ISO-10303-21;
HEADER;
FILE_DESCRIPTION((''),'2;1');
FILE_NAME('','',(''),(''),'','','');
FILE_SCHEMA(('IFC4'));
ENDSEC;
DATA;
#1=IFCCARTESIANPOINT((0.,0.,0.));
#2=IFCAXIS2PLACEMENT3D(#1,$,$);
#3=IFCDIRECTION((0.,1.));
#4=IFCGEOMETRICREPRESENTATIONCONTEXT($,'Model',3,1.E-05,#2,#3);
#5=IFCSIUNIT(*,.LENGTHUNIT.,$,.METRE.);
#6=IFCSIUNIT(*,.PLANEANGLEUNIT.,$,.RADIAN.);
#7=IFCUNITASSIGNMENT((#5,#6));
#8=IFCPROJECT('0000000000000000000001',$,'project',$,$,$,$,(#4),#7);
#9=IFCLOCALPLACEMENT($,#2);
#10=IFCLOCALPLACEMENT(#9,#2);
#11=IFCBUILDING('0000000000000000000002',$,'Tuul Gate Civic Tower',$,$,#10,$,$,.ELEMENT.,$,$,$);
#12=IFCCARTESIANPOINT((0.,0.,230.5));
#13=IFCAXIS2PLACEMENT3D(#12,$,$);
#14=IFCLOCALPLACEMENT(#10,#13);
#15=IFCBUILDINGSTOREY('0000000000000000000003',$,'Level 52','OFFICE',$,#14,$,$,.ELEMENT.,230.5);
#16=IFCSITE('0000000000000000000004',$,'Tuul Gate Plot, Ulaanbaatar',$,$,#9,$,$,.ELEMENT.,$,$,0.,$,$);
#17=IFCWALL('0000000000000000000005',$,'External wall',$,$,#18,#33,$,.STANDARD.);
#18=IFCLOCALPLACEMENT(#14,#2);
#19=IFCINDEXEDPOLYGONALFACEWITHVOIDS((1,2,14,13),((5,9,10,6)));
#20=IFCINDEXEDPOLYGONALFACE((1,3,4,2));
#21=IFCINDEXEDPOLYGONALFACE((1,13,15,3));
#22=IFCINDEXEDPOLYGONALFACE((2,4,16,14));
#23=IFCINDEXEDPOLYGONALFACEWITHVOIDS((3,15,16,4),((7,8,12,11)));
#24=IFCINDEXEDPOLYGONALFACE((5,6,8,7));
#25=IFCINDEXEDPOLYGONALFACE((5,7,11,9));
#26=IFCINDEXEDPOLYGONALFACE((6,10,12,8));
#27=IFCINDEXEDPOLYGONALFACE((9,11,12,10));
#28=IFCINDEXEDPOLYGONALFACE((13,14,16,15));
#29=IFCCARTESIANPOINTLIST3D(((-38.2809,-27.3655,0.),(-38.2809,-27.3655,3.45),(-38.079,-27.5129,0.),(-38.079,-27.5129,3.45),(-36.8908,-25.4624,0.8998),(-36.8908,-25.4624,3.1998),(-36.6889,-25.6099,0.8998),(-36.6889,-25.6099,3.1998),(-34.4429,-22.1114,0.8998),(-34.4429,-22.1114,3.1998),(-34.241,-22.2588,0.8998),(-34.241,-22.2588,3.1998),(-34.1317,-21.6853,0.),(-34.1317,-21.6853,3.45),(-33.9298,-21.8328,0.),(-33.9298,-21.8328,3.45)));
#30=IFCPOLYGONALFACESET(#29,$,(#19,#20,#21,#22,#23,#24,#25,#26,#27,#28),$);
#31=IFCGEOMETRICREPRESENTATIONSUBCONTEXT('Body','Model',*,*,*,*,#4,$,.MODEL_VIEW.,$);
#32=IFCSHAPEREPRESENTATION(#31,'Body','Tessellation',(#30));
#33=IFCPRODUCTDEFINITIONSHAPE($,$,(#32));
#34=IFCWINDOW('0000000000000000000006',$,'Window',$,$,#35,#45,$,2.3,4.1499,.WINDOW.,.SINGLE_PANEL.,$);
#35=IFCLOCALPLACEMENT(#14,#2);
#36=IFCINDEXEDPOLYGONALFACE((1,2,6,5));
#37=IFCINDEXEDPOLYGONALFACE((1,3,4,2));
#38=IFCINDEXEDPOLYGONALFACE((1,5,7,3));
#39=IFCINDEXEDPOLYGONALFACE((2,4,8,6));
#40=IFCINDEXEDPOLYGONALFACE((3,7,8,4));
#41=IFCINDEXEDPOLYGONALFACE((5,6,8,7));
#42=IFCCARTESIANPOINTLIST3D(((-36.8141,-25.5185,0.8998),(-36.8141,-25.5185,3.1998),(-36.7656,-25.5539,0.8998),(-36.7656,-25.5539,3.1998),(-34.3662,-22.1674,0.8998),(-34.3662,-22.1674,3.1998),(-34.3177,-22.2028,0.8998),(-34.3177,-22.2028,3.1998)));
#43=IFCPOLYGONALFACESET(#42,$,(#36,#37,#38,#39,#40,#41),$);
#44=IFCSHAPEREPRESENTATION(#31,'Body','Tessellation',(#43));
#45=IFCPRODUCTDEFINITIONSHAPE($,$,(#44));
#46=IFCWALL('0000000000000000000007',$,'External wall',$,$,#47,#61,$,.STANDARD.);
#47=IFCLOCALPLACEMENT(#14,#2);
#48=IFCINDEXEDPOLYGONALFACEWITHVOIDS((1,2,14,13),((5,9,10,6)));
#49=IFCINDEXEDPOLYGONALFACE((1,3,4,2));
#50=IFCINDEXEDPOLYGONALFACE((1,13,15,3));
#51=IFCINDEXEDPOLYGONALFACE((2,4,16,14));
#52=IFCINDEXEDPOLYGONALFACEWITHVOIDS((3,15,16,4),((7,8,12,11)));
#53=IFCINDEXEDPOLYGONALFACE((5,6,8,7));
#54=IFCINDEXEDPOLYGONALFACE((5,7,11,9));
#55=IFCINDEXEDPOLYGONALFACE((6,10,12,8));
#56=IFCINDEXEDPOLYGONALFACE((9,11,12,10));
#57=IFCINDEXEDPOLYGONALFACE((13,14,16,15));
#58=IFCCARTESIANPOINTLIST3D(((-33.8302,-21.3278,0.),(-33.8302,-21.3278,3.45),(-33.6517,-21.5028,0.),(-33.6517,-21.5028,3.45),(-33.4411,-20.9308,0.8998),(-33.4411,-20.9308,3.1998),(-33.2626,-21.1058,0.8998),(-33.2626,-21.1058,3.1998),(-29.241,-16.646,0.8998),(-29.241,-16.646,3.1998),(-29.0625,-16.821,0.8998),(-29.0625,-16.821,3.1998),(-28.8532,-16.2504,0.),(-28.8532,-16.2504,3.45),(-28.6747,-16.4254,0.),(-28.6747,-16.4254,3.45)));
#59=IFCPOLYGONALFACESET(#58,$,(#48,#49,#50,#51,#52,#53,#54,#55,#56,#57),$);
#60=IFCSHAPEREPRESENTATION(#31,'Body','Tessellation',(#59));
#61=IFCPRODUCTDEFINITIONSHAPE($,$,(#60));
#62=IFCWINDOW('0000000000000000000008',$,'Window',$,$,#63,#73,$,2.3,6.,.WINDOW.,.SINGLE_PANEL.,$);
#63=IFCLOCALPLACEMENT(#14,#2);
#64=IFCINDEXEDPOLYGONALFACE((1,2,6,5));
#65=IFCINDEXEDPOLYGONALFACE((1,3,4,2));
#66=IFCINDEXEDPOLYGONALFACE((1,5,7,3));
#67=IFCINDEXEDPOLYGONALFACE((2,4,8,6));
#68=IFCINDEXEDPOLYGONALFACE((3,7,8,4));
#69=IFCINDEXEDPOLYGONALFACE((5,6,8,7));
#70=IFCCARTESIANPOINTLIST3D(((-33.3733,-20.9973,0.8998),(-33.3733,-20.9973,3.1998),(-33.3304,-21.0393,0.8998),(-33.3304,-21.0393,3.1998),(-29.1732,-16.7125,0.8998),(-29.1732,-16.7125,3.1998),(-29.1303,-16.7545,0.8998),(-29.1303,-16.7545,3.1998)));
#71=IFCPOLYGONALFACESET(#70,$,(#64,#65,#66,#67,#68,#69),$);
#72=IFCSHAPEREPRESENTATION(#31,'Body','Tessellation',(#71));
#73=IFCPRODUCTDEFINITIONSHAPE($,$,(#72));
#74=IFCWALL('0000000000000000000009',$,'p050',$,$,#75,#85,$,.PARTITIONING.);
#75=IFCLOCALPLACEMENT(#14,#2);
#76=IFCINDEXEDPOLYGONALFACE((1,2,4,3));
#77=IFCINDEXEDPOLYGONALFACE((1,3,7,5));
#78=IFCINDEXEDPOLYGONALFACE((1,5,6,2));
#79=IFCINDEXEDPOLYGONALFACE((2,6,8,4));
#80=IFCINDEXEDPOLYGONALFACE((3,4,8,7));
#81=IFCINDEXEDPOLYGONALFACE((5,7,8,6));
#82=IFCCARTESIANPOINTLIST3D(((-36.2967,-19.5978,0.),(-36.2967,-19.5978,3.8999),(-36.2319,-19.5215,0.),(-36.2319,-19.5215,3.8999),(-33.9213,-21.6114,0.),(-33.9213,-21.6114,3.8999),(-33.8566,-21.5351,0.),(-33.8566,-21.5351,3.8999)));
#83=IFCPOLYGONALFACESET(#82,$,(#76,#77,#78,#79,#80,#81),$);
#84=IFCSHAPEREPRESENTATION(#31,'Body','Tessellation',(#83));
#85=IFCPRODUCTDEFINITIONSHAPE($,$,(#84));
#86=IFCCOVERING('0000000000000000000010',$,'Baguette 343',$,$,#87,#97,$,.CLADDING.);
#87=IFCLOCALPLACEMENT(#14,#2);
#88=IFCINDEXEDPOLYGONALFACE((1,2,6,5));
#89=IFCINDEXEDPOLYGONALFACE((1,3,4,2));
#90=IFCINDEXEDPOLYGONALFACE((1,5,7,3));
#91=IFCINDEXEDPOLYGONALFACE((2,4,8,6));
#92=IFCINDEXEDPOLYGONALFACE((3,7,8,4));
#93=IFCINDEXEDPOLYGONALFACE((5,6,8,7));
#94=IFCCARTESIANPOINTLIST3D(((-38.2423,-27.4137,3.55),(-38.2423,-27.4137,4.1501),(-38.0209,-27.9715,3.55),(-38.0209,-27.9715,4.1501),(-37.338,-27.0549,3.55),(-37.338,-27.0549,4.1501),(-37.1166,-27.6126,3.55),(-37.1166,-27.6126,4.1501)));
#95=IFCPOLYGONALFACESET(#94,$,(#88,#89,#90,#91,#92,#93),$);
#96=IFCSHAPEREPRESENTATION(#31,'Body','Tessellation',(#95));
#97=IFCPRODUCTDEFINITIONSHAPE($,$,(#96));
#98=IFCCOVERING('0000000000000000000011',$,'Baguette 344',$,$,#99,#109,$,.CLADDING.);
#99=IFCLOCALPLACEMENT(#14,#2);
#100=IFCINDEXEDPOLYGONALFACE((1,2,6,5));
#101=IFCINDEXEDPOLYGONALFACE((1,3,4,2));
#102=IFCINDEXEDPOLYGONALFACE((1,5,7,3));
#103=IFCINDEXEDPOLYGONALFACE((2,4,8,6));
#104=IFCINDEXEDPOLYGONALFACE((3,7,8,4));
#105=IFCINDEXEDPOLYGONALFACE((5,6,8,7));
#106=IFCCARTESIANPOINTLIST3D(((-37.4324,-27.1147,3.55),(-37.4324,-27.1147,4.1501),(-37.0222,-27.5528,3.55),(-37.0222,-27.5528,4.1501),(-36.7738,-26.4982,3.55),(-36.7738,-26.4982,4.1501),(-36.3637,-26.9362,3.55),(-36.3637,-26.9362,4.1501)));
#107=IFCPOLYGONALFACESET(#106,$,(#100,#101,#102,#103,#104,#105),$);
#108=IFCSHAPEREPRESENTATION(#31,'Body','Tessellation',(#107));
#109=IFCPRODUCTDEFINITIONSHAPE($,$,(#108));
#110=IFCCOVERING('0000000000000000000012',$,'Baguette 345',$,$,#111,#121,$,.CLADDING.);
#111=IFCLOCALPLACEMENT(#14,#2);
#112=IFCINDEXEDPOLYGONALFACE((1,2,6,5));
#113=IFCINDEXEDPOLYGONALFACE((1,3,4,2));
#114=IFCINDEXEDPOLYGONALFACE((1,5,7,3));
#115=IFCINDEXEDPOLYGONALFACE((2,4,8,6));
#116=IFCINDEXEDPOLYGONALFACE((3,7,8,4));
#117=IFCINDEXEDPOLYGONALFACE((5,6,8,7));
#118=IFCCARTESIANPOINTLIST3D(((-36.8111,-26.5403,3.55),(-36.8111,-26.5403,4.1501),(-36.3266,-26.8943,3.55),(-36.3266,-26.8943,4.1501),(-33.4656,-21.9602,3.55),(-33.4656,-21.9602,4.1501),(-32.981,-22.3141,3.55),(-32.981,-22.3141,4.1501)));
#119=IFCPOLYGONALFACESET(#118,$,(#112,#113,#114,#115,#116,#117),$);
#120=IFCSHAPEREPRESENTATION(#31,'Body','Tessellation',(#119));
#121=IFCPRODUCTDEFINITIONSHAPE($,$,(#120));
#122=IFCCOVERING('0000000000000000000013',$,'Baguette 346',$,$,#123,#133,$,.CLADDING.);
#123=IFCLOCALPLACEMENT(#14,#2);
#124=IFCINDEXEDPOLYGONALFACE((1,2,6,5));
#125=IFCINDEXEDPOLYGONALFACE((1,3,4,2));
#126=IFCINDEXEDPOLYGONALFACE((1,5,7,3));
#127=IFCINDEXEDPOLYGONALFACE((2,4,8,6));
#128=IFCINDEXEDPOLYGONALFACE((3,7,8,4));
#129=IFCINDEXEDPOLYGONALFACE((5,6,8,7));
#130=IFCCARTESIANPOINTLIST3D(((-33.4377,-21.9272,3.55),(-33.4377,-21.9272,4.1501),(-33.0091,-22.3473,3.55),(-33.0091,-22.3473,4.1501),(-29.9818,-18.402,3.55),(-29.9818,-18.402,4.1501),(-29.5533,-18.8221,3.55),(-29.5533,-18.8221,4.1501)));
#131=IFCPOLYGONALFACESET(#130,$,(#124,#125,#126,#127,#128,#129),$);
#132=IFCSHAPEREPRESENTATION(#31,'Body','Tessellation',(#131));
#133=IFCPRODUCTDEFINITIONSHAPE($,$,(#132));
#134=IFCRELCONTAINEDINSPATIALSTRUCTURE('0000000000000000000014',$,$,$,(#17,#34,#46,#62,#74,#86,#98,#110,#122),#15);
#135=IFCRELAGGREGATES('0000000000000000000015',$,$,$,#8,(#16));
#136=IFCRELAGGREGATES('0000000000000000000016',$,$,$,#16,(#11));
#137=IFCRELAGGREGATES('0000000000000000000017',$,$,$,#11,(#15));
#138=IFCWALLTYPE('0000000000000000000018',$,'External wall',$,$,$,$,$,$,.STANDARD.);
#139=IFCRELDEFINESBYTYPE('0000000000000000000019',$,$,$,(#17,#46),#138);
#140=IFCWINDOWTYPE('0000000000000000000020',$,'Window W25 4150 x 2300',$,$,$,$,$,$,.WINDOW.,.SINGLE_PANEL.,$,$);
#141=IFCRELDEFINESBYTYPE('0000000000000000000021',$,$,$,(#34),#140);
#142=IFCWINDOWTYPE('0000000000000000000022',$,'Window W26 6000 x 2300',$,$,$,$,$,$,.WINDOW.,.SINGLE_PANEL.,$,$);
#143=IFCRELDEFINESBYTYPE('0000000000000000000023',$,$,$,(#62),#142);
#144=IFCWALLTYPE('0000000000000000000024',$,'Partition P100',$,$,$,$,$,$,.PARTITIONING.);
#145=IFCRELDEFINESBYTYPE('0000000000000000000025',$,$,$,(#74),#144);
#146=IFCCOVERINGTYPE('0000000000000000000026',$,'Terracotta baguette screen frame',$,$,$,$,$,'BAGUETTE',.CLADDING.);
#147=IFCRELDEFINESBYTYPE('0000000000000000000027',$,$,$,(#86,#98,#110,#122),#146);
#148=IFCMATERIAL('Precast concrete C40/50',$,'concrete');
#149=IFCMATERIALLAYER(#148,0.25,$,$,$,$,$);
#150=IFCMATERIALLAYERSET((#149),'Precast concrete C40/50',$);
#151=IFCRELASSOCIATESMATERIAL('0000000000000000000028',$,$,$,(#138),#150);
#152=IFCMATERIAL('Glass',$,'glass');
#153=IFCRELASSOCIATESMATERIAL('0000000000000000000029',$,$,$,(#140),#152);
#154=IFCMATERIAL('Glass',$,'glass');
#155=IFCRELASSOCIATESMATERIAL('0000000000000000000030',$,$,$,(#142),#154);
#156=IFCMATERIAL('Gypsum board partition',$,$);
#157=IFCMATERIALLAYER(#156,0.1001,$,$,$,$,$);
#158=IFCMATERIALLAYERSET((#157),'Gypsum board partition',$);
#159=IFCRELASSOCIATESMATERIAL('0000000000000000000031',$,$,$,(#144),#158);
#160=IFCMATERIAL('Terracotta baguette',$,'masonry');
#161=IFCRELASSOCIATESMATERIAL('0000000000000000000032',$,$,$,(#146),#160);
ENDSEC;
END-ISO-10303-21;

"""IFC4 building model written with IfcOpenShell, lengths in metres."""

from ifc_helpers import new_model, si_unit, direction, frame, frame_2d, origin, origin_2d, place, context, subcontext, project, spatial, rectangle, extrude, material, layer, layer_set, material_profile, profile_set, type_object, element, fill, save


model = new_model("IFC4")

# Units and contexts
model_context = context("Model", 3, precision=1e-05, world=origin(), true_north=direction((0.0, 1.0)))
body_context = subcontext(model_context, "Body", "Model", "MODEL_VIEW")
ifc_project = project(units=[si_unit("LENGTHUNIT", "METRE"), si_unit("PLANEANGLEUNIT", "RADIAN")], contexts=[model_context])

# Site, building, storey
site_placement = place(None, origin())
site = spatial("IfcSite", under=ifc_project, at=site_placement, Name="Tuul Gate Plot, Ulaanbaatar", CompositionType="ELEMENT", RefElevation=0.0)
building_placement = place(site_placement, origin())
building = spatial("IfcBuilding", under=site, at=building_placement, Name="Tuul Gate Civic Tower", CompositionType="ELEMENT")
storey_placement = place(building_placement, frame((0.0, 0.0, 230.5)))
storey = spatial("IfcBuildingStorey", under=building, at=storey_placement, Name="Level 52", Description="OFFICE", CompositionType="ELEMENT", Elevation=230.5)

# Walls, openings, windows
ifc_material_1 = material(Name="Precast concrete C40/50", Category="concrete")
ifc_layer_1 = layer(ifc_material_1, 0.25)
ifc_layer_set_1 = layer_set([ifc_layer_1], Name="Precast concrete C40/50")
wall_type_1 = type_object("IfcWallType", Name="External wall", PredefinedType="STANDARD", material=ifc_layer_set_1)
wall_1_placement = place(storey_placement, frame((-38.1799, -27.4392, 0.0), z_axis=(0.0, 0.0, 1.0), x_axis=(0.589856, 0.807508, 0.0)))
wall_1 = element("IfcWall", 1, at=wall_1_placement, inside=storey, type_object=wall_type_1, Name="External wall", PredefinedType="STANDARD", context=body_context, shape_type="SweptSolid", body=[
    extrude(rectangle(XDim=7.0342, YDim=0.25, at=frame_2d((3.5171, 0.0))), origin(), (0.0, 0.0, 1.0), 3.45),
])
opening_1_placement = place(wall_1_placement, frame((2.3567, 0.0, 0.8999)))
opening_1 = element("IfcOpeningElement", 2, at=opening_1_placement, cuts=wall_1, PredefinedType="OPENING", context=body_context, shape_type="SweptSolid", body=[
    extrude(rectangle(XDim=4.1499, YDim=2.3, at=frame_2d((2.075, 1.1499))), frame((0.0, 0.135, 0.0), z_axis=(0.0, -1.0, 0.0), x_axis=(1.0, 0.0, 0.0)), (0.0, 0.0, 1.0), 0.27),
])
ifc_material_2 = material(Name="Glass", Category="glass")
window_type_1 = type_object("IfcWindowType", Name="Window W25 4150 x 2300", PartitioningType="SINGLE_PANEL", PredefinedType="WINDOW", material=ifc_material_2)
window_1_placement = place(opening_1_placement, origin())
window_1 = element("IfcWindow", 3, at=window_1_placement, inside=storey, type_object=window_type_1, Name="Window", OverallHeight=2.3, OverallWidth=4.1499, PartitioningType="SINGLE_PANEL", PredefinedType="WINDOW", context=body_context, shape_type="SweptSolid", body=[
    extrude(rectangle(XDim=4.1499, YDim=2.3, at=frame_2d((2.075, 1.1499))), frame((0.0, 0.03, 0.0), z_axis=(0.0, -1.0, 0.0), x_axis=(1.0, 0.0, 0.0)), (0.0, 0.0, 1.0), 0.0601),
])
fill(opening_1, window_1)
wall_2_placement = place(storey_placement, frame((-33.741, -21.4153, 0.0), z_axis=(0.0, 0.0, 1.0), x_axis=(0.700015, 0.714128, 0.0)))
wall_2 = element("IfcWall", 4, at=wall_2_placement, inside=storey, type_object=wall_type_1, Name="External wall", PredefinedType="STANDARD", context=body_context, shape_type="SweptSolid", body=[
    extrude(rectangle(XDim=7.1099, YDim=0.25, at=frame_2d((3.5549, 0.0))), origin(), (0.0, 0.0, 1.0), 3.45),
])
opening_2_placement = place(wall_2_placement, frame((0.5559, 0.0, 0.8999)))
opening_2 = element("IfcOpeningElement", 5, at=opening_2_placement, cuts=wall_2, PredefinedType="OPENING", context=body_context, shape_type="SweptSolid", body=[
    extrude(rectangle(XDim=6.0, YDim=2.3, at=frame_2d((3.0, 1.1499))), frame((0.0, 0.135, 0.0), z_axis=(0.0, -1.0, 0.0), x_axis=(1.0, 0.0, 0.0)), (0.0, 0.0, 1.0), 0.27),
])
ifc_material_3 = material(Name="Glass", Category="glass")
window_type_2 = type_object("IfcWindowType", Name="Window W26 6000 x 2300", PartitioningType="SINGLE_PANEL", PredefinedType="WINDOW", material=ifc_material_3)
window_2_placement = place(opening_2_placement, origin())
window_2 = element("IfcWindow", 6, at=window_2_placement, inside=storey, type_object=window_type_2, Name="Window", OverallHeight=2.3, OverallWidth=6.0, PartitioningType="SINGLE_PANEL", PredefinedType="WINDOW", context=body_context, shape_type="SweptSolid", body=[
    extrude(rectangle(XDim=6.0, YDim=2.3, at=frame_2d((3.0, 1.1499))), frame((0.0, 0.03, 0.0), z_axis=(0.0, -1.0, 0.0), x_axis=(1.0, 0.0, 0.0)), (0.0, 0.0, 1.0), 0.0601),
])
fill(opening_2, window_2)

# Wall
ifc_material_4 = material(Name="Gypsum board partition")
ifc_layer_2 = layer(ifc_material_4, 0.1001)
ifc_layer_set_2 = layer_set([ifc_layer_2], Name="Gypsum board partition")
wall_type_2 = type_object("IfcWallType", Name="Partition P100", PredefinedType="PARTITIONING", material=ifc_layer_set_2)
wall_3_placement = place(storey_placement, frame((-36.2644, -19.5596, 0.0), z_axis=(0.0, 0.0, 1.0), x_axis=(0.762809, -0.646624, 0.0)))
element("IfcWall", 7, at=wall_3_placement, inside=storey, type_object=wall_type_2, Name="p050", PredefinedType="PARTITIONING", context=body_context, shape_type="SweptSolid", body=[
    extrude(rectangle(XDim=3.114, YDim=0.1001, at=frame_2d((1.5571, 0.0))), origin(), (0.0, 0.0, 1.0), 3.8999),
])

# Coverings
ifc_material_5 = material(Name="Terracotta baguette", Category="masonry")
ifc_material_profile_1 = material_profile(ifc_material_5, rectangle(XDim=0.6001, YDim=0.6001, at=origin_2d()), Name="Terracotta baguette screen frame")
ifc_profile_set_1 = profile_set([ifc_material_profile_1], Name="Terracotta baguette")
covering_type = type_object("IfcCoveringType", Name="Terracotta baguette screen frame", ElementType="BAGUETTE", PredefinedType="CLADDING", material=ifc_profile_set_1)
covering_1_placement = place(storey_placement, frame((-38.1316, -27.6926, 3.8501), z_axis=(0.929477, 0.36888, 0.0), x_axis=(-0.36888, 0.929477, 0.0)))
element("IfcCovering", 8, at=covering_1_placement, inside=storey, type_object=covering_type, Name="Baguette 343", PredefinedType="CLADDING", context=body_context, shape_type="SweptSolid", body=[
    extrude(rectangle(XDim=0.6001, YDim=0.6001, at=origin_2d()), origin(), (0.0, 0.0, 1.0), 0.9729),
])
covering_2_placement = place(storey_placement, frame((-37.2273, -27.3337, 3.8501), z_axis=(0.730001, 0.683446, 0.0), x_axis=(-0.683446, 0.730001, 0.0)))
element("IfcCovering", 9, at=covering_2_placement, inside=storey, type_object=covering_type, Name="Baguette 344", PredefinedType="CLADDING", context=body_context, shape_type="SweptSolid", body=[
    extrude(rectangle(XDim=0.6001, YDim=0.6001, at=origin_2d()), origin(), (0.0, 0.0, 1.0), 0.9021),
])
covering_3_placement = place(storey_placement, frame((-36.5688, -26.7173, 3.8501), z_axis=(0.589842, 0.807519, 0.0), x_axis=(-0.807519, 0.589842, 0.0)))
element("IfcCovering", 10, at=covering_3_placement, inside=storey, type_object=covering_type, Name="Baguette 345", PredefinedType="CLADDING", context=body_context, shape_type="SweptSolid", body=[
    extrude(rectangle(XDim=0.6001, YDim=0.6001, at=origin_2d()), origin(), (0.0, 0.0, 1.0), 5.6719),
])
covering_4_placement = place(storey_placement, frame((-33.2234, -22.1372, 3.8501), z_axis=(0.700049, 0.714095, 0.0), x_axis=(-0.714095, 0.700049, 0.0)))
element("IfcCovering", 11, at=covering_4_placement, inside=storey, type_object=covering_type, Name="Baguette 346", PredefinedType="CLADDING", context=body_context, shape_type="SweptSolid", body=[
    extrude(rectangle(XDim=0.6001, YDim=0.6001, at=origin_2d()), origin(), (0.0, 0.0, 1.0), 4.9365),
])

save(model, "model.ifc")
